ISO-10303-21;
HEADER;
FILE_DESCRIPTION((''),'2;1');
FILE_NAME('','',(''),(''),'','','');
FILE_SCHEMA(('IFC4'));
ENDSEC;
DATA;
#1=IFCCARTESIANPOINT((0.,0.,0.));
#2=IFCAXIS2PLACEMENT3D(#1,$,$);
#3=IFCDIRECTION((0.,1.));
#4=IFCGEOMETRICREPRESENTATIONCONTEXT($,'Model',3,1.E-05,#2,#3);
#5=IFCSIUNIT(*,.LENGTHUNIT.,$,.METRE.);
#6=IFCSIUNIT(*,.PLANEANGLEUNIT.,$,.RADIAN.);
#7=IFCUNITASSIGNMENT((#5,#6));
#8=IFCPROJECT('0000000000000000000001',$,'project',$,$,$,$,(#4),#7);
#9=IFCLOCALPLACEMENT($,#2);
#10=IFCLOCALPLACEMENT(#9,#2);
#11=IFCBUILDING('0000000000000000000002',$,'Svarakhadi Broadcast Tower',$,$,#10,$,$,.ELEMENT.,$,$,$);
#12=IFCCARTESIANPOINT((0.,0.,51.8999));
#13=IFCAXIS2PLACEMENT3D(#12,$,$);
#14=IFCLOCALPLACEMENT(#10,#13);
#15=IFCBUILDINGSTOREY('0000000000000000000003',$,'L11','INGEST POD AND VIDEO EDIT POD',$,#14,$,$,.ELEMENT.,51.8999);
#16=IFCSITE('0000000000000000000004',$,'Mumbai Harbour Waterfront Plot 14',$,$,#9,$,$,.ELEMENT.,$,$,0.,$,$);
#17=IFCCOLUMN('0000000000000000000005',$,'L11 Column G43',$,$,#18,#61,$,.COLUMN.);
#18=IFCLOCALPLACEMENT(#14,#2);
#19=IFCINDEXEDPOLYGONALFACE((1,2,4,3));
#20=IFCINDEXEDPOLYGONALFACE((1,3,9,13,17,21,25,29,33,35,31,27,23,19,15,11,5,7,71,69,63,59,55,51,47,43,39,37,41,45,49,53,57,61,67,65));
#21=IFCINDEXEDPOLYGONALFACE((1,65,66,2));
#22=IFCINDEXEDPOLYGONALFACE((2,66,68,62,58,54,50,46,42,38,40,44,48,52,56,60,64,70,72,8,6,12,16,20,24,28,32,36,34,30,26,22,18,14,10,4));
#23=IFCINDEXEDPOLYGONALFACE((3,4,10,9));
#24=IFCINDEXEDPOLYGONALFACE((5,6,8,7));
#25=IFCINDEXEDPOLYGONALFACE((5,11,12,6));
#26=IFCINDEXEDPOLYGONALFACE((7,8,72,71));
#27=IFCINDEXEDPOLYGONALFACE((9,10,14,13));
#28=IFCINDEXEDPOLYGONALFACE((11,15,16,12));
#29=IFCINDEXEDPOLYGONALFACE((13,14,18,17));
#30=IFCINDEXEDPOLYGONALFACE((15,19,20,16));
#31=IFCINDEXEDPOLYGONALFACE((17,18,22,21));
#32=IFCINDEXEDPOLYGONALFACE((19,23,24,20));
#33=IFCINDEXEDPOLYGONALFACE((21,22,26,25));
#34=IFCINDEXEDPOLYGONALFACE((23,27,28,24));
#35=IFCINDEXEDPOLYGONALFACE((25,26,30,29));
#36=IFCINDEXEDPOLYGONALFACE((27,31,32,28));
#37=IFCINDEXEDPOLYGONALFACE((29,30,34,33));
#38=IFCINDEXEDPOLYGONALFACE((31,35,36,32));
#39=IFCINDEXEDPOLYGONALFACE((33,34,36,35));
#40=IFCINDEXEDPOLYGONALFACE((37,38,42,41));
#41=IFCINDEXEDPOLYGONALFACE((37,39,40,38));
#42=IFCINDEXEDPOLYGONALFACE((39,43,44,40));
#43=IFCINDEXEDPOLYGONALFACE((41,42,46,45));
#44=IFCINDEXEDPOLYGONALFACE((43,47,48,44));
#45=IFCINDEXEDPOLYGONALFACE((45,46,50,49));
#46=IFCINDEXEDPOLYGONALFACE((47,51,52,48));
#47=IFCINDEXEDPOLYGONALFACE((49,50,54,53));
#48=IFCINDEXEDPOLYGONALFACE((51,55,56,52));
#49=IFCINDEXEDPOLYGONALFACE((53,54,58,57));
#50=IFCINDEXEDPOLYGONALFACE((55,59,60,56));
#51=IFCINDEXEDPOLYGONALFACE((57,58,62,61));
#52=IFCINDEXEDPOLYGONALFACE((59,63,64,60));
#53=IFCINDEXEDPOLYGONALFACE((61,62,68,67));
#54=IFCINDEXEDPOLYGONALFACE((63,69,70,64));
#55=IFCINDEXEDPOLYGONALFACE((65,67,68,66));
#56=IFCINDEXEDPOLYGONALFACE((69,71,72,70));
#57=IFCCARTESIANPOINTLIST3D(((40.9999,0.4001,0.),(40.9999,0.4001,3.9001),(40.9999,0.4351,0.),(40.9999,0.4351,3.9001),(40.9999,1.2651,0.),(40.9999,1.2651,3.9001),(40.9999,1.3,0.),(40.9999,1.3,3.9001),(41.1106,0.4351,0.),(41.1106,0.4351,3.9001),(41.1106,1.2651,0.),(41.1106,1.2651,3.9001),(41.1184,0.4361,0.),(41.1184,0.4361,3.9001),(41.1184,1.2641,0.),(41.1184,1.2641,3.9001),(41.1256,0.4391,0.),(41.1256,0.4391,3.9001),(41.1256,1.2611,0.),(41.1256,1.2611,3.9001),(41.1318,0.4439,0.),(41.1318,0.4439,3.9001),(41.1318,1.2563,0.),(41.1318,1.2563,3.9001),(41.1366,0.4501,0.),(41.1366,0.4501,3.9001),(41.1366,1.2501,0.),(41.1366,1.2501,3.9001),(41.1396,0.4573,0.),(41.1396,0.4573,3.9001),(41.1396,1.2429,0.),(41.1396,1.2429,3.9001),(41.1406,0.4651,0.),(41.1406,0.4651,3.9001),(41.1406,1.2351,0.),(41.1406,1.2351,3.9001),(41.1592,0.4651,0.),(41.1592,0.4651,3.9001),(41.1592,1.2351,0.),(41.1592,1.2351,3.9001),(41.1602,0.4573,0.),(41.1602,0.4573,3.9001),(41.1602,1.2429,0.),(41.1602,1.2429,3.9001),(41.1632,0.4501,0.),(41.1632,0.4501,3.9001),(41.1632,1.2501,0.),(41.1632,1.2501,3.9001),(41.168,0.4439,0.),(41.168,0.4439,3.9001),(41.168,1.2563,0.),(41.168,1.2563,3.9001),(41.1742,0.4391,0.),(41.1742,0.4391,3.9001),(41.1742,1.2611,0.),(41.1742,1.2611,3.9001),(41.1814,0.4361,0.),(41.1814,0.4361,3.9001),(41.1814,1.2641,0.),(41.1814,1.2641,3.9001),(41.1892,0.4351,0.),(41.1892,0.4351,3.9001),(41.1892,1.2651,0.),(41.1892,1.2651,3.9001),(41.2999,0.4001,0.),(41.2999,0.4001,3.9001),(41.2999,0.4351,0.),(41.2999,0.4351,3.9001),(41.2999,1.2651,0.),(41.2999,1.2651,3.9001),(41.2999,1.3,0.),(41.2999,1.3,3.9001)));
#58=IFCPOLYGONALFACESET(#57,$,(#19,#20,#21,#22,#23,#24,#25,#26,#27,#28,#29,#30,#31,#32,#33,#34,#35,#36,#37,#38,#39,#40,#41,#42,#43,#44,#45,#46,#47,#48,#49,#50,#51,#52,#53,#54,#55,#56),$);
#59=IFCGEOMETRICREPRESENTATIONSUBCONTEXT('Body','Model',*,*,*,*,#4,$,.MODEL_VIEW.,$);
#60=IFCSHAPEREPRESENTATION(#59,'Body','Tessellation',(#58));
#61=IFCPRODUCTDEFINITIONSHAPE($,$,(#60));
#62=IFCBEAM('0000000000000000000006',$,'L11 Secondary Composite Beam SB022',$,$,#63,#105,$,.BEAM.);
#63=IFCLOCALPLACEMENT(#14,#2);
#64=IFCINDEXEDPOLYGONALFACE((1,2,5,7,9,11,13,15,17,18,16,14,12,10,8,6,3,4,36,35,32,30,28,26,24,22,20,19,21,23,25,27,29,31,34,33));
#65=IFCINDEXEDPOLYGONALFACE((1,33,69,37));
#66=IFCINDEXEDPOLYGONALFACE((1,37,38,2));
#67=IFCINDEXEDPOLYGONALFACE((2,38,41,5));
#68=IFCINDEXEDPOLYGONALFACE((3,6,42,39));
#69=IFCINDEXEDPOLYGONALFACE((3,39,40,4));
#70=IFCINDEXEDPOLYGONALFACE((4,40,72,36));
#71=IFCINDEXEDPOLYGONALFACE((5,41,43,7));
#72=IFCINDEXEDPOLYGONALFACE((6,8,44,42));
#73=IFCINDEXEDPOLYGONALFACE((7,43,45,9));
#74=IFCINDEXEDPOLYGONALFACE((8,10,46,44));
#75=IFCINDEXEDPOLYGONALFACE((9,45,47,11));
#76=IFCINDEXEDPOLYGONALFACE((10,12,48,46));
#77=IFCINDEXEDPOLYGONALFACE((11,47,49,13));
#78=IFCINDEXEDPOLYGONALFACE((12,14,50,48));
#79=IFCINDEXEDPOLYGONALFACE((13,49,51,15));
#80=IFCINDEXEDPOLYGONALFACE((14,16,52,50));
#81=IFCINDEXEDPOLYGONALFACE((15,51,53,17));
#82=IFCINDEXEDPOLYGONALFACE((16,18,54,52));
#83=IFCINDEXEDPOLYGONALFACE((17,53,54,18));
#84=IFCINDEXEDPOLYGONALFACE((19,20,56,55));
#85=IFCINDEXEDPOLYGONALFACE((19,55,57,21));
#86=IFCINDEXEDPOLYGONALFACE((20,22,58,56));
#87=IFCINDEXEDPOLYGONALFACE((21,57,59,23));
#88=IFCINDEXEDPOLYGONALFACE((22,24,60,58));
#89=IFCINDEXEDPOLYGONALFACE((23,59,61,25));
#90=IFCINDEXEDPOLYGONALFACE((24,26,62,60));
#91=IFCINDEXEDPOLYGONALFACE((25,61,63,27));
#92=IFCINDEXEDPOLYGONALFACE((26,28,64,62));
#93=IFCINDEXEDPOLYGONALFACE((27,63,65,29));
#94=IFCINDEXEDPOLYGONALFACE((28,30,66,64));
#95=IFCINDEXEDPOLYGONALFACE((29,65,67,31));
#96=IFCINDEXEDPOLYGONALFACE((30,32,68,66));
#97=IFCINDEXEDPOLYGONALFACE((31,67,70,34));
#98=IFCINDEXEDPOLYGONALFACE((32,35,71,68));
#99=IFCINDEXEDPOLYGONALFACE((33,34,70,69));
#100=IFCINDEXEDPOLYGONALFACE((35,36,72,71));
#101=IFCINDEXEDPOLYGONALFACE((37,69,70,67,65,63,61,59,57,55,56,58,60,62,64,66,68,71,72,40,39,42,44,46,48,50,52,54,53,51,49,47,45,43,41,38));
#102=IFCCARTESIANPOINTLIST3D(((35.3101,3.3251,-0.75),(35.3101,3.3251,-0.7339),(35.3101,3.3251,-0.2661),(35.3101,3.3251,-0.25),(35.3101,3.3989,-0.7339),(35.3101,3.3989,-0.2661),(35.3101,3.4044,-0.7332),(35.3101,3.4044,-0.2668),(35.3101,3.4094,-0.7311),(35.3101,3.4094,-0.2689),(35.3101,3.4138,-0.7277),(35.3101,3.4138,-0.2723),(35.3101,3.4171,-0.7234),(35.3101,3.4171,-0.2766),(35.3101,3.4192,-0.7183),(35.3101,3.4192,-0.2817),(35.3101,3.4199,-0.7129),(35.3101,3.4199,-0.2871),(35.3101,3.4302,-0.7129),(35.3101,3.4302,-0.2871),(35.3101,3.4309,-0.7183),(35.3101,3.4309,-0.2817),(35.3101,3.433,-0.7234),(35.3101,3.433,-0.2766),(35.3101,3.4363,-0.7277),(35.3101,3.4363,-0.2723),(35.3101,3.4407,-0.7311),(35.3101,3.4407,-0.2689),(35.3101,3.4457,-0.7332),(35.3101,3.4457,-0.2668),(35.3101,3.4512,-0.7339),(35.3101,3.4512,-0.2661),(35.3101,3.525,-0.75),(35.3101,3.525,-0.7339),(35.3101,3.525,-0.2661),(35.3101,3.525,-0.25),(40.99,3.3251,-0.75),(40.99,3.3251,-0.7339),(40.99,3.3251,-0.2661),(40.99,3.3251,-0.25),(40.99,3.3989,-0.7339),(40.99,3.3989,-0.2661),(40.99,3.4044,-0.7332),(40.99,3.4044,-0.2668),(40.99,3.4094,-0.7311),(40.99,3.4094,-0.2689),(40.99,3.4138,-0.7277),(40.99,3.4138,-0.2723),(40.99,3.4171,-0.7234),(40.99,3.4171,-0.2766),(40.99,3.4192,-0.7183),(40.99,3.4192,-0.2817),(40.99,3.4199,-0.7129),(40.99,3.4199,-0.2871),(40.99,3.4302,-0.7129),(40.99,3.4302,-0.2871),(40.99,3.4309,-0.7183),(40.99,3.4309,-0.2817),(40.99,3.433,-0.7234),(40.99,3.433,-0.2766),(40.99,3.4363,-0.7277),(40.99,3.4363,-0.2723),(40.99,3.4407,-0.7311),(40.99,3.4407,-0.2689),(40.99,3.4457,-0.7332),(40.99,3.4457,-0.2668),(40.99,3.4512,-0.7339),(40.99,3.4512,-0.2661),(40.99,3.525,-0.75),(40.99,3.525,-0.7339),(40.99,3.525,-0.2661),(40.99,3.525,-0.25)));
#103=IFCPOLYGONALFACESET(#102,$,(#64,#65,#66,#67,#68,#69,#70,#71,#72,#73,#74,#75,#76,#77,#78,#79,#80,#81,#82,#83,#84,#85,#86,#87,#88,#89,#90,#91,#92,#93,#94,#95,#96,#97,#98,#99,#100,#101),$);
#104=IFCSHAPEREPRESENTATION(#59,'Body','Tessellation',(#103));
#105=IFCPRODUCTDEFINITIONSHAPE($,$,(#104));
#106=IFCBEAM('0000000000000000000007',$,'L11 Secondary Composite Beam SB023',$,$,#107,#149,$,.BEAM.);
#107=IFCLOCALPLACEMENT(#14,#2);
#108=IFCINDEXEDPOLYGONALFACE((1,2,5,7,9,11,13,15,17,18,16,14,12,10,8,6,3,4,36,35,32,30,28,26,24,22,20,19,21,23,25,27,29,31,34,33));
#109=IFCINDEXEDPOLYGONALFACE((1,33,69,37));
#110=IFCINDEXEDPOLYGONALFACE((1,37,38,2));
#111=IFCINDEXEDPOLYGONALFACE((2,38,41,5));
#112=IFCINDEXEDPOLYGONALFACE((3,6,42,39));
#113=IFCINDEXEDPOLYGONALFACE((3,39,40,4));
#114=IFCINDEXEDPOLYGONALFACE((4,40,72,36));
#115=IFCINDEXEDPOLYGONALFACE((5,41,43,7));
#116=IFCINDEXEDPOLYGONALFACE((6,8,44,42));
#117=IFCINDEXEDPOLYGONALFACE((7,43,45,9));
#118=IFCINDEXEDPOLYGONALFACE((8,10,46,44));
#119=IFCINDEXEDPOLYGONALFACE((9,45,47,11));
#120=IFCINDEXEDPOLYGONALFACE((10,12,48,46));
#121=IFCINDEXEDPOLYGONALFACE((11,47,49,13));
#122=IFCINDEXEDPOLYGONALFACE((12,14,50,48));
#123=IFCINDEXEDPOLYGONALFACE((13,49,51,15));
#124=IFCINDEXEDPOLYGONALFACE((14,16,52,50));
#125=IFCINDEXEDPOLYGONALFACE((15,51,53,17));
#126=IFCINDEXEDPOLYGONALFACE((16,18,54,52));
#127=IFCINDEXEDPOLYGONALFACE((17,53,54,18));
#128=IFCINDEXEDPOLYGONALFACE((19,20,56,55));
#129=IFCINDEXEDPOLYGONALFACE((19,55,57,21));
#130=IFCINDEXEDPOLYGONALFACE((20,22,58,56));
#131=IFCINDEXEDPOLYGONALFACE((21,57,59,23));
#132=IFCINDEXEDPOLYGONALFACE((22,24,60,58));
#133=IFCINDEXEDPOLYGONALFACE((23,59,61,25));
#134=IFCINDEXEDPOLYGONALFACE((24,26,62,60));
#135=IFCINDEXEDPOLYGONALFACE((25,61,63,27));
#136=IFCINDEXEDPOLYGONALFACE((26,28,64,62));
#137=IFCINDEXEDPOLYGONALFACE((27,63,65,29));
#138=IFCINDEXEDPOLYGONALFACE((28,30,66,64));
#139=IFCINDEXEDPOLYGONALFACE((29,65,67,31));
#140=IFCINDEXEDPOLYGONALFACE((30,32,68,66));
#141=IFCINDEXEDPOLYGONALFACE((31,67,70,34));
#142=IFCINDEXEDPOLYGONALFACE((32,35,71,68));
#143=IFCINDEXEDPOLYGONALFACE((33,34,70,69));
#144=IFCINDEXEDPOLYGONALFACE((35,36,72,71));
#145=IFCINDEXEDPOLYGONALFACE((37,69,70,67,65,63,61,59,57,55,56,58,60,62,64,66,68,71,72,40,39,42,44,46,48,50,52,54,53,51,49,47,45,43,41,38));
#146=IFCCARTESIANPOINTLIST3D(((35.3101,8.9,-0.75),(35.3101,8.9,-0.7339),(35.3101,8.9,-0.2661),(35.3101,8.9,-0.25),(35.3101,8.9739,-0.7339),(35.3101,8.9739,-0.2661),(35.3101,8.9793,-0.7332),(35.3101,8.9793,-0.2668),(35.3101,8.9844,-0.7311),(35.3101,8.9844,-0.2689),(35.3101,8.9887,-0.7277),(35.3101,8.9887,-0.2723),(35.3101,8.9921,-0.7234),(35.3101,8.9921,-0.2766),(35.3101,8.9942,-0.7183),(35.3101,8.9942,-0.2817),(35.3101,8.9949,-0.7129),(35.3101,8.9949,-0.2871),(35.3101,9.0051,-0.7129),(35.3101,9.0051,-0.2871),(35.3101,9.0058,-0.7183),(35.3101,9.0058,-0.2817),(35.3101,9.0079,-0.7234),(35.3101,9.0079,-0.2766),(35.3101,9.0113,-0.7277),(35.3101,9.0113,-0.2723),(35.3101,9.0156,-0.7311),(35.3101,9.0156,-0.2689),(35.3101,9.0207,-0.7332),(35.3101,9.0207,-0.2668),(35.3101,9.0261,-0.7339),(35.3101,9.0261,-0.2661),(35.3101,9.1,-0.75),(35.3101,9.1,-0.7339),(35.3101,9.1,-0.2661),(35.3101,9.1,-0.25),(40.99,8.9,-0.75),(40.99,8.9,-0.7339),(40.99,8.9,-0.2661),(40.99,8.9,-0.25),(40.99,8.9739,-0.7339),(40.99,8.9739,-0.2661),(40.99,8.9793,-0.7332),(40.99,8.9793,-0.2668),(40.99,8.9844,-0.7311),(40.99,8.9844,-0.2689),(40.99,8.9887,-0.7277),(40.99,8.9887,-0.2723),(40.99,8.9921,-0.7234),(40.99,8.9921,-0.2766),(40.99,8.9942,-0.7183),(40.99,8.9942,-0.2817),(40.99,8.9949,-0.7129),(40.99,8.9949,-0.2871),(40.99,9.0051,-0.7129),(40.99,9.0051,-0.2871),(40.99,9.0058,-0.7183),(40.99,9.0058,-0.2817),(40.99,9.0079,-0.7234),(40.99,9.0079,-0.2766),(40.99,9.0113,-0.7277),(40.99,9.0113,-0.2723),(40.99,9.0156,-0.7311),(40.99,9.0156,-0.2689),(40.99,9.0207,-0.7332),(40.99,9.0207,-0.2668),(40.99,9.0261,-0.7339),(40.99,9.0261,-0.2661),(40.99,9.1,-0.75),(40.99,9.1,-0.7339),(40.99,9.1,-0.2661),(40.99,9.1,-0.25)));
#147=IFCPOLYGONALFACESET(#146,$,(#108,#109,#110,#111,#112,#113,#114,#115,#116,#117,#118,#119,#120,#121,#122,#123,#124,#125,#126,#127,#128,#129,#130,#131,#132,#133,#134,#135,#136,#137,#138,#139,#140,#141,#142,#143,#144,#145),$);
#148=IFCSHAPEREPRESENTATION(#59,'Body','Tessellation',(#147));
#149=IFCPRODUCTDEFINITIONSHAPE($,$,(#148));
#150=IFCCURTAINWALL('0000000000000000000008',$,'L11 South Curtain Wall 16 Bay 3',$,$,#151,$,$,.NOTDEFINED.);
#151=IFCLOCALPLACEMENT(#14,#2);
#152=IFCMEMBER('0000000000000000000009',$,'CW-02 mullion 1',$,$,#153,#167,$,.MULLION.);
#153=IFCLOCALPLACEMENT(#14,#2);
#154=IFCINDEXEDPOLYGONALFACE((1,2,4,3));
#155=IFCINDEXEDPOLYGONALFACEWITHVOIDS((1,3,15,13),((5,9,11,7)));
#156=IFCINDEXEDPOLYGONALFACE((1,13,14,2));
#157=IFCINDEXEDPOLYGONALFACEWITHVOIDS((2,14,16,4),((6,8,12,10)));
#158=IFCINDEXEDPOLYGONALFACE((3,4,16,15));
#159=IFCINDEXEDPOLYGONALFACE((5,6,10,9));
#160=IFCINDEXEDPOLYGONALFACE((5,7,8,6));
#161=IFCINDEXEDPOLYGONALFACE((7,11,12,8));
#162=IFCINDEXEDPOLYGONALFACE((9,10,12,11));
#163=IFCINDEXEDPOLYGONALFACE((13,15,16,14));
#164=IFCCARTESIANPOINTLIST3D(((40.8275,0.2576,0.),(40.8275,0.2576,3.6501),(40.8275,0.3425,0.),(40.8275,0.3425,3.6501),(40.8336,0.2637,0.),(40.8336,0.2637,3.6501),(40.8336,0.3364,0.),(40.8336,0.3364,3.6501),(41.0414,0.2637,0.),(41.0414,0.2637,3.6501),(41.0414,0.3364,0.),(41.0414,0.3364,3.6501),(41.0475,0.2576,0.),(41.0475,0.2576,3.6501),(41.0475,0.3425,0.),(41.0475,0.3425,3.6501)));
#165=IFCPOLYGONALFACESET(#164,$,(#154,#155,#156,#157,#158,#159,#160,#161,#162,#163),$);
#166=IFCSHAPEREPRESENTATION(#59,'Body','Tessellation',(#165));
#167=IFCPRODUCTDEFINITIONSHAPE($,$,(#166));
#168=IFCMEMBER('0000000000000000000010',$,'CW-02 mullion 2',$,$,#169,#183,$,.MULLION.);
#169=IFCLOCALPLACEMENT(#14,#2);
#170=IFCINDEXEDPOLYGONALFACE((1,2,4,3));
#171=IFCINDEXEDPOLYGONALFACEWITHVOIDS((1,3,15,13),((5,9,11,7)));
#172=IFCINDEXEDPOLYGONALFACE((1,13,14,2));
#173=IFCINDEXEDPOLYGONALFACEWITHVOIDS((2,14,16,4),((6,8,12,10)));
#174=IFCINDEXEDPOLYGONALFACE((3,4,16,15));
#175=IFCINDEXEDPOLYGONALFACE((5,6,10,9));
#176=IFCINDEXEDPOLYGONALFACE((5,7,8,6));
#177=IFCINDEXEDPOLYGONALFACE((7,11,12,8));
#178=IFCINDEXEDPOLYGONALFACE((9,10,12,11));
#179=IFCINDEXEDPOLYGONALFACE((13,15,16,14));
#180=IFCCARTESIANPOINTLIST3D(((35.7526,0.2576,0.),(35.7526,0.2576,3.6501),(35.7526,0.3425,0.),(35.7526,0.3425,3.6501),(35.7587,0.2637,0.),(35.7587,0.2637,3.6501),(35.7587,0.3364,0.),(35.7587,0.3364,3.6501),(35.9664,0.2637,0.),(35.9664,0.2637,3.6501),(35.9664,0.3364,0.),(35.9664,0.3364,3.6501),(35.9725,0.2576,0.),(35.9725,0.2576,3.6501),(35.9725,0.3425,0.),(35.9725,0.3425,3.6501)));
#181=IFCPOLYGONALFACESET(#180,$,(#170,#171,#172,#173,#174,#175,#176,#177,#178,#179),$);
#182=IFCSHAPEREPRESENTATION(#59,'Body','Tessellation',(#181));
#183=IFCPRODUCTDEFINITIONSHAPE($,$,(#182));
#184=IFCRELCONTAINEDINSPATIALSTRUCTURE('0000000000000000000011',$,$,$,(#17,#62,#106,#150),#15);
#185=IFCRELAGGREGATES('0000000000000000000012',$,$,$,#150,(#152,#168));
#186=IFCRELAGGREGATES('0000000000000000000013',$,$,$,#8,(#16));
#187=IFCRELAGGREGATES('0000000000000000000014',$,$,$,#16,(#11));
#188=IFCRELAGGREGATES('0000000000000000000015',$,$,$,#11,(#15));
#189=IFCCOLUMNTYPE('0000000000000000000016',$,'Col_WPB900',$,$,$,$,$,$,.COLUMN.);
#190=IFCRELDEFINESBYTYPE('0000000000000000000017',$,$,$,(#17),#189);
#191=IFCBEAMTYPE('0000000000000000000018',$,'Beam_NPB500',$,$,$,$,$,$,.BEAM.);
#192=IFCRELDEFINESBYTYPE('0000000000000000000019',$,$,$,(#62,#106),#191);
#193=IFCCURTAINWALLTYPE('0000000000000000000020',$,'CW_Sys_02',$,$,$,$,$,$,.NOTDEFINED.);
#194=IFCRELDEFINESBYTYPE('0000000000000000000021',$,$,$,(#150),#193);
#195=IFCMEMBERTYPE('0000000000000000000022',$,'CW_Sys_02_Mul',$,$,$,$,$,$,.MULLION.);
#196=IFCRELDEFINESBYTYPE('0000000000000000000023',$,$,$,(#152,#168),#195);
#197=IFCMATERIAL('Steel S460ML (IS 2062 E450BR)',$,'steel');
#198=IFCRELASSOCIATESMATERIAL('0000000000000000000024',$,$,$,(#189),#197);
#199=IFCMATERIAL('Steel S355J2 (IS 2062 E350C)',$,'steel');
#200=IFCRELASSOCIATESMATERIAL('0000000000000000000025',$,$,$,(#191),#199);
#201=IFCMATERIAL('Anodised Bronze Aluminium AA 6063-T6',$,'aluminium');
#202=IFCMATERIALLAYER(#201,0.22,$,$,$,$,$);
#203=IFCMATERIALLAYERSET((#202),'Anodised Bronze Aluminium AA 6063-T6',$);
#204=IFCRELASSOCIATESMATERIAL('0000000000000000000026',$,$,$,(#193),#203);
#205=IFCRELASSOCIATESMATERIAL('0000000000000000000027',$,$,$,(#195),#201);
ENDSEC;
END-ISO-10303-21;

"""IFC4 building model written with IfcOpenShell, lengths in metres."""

from ifc_helpers import new_model, si_unit, direction, frame, origin, origin_2d, place, context, subcontext, project, spatial, hollow_rectangle, i_section, extrude, material, layer, layer_set, material_profile, profile_set, type_object, element, aggregate, save


model = new_model("IFC4")

# Units and contexts
model_context = context("Model", 3, precision=1e-05, world=origin(), true_north=direction((0.0, 1.0)))
body_context = subcontext(model_context, "Body", "Model", "MODEL_VIEW")
ifc_project = project(units=[si_unit("LENGTHUNIT", "METRE"), si_unit("PLANEANGLEUNIT", "RADIAN")], contexts=[model_context])

# Site, building, storey
site_placement = place(None, origin())
site = spatial("IfcSite", under=ifc_project, at=site_placement, Name="Mumbai Harbour Waterfront Plot 14", CompositionType="ELEMENT", RefElevation=0.0)
building_placement = place(site_placement, origin())
building = spatial("IfcBuilding", under=site, at=building_placement, Name="Svarakhadi Broadcast Tower", CompositionType="ELEMENT")
storey_placement = place(building_placement, frame((0.0, 0.0, 51.8999)))
storey = spatial("IfcBuildingStorey", under=building, at=storey_placement, Name="L11", Description="INGEST POD AND VIDEO EDIT POD", CompositionType="ELEMENT", Elevation=51.8999)

# Column
ifc_material_1 = material(Name="Steel S460ML (IS 2062 E450BR)", Category="steel")
ifc_material_profile_1 = material_profile(ifc_material_1, i_section(OverallWidth=0.3, OverallDepth=0.8999, WebThickness=0.0186, FlangeThickness=0.0349, FilletRadius=0.03, at=origin_2d()), Name="WPB 900x300x291")
ifc_profile_set_1 = profile_set([ifc_material_profile_1], Name="Steel S460ML (IS 2062 E450BR)")
column_type = type_object("IfcColumnType", Name="Col_WPB900", PredefinedType="COLUMN", material=ifc_profile_set_1)
column_placement = place(storey_placement, frame((41.1499, 0.8501, 0.0), z_axis=(0.0, 0.0, 1.0), x_axis=(1.0, 0.0, 0.0)))
element("IfcColumn", 1, at=column_placement, inside=storey, type_object=column_type, Name="L11 Column G43", PredefinedType="COLUMN", context=body_context, shape_type="SweptSolid", body=[
    extrude(i_section(OverallWidth=0.3, OverallDepth=0.8999, WebThickness=0.0186, FlangeThickness=0.0349, FilletRadius=0.03, at=origin_2d()), origin(), (0.0, 0.0, 1.0), 3.9001),
])

# Beams
ifc_material_2 = material(Name="Steel S355J2 (IS 2062 E350C)", Category="steel")
ifc_material_profile_2 = material_profile(ifc_material_2, i_section(OverallWidth=0.2, OverallDepth=0.5, WebThickness=0.0103, FlangeThickness=0.0161, FilletRadius=0.021, at=origin_2d()), Name="NPB 500x200x91")
ifc_profile_set_2 = profile_set([ifc_material_profile_2], Name="Steel S355J2 (IS 2062 E350C)")
beam_type_1 = type_object("IfcBeamType", Name="Beam_NPB500", PredefinedType="BEAM", material=ifc_profile_set_2)
for number, where, z_axis, x_axis, name in (
    (2, (35.3101, 3.425, -0.5), (1.0, 0.0, 0.0), (0.0, 1.0, 0.0), "L11 Secondary Composite Beam SB022"),
    (3, (35.3101, 9.0, -0.5), (1.0, 0.0, 0.0), (0.0, 1.0, 0.0), "L11 Secondary Composite Beam SB023"),
):
    element("IfcBeam", number, at=place(storey_placement, frame(where, z_axis=z_axis, x_axis=x_axis)), inside=storey, type_object=beam_type_1, Name=name, PredefinedType="BEAM", context=body_context, shape_type="SweptSolid", body=[
        extrude(i_section(OverallWidth=0.2, OverallDepth=0.5, WebThickness=0.0103, FlangeThickness=0.0161, FilletRadius=0.021, at=origin_2d()), origin(), (0.0, 0.0, 1.0), 5.6799),
    ])

# Curtain wall, members
ifc_material_3 = material(Name="Anodised Bronze Aluminium AA 6063-T6", Category="aluminium")
ifc_layer_1 = layer(ifc_material_3, 0.22)
ifc_layer_set_1 = layer_set([ifc_layer_1], Name="Anodised Bronze Aluminium AA 6063-T6")
curtain_wall_type = type_object("IfcCurtainWallType", Name="CW_Sys_02", PredefinedType="NOTDEFINED", material=ifc_layer_set_1)
curtain_wall_placement = place(storey_placement, origin())
curtain_wall = element("IfcCurtainWall", 4, at=curtain_wall_placement, inside=storey, type_object=curtain_wall_type, Name="L11 South Curtain Wall 16 Bay 3", PredefinedType="NOTDEFINED")
ifc_material_profile_3 = material_profile(ifc_material_3, hollow_rectangle(XDim=0.085, YDim=0.22, WallThickness=0.0061, at=origin_2d()), Name="ALU MULLION 220x85x6")
ifc_profile_set_3 = profile_set([ifc_material_profile_3], Name="Anodised Bronze Aluminium AA 6063-T6")
member_type_1 = type_object("IfcMemberType", Name="CW_Sys_02_Mul", PredefinedType="MULLION", material=ifc_profile_set_3)
member_1_placement = place(storey_placement, frame((40.9375, 0.3, 0.0), z_axis=(0.0, 0.0, 1.0), x_axis=(0.0, -1.0, 0.0)))
member_1 = element("IfcMember", 5, at=member_1_placement, type_object=member_type_1, Name="CW-02 mullion 1", PredefinedType="MULLION", context=body_context, shape_type="SweptSolid", body=[
    extrude(hollow_rectangle(XDim=0.085, YDim=0.22, WallThickness=0.0061, at=origin_2d()), origin(), (0.0, 0.0, 1.0), 3.6501),
])
member_2_placement = place(storey_placement, frame((35.8625, 0.3, 0.0), z_axis=(0.0, 0.0, 1.0), x_axis=(0.0, -1.0, 0.0)))
member_2 = element("IfcMember", 6, at=member_2_placement, type_object=member_type_1, Name="CW-02 mullion 2", PredefinedType="MULLION", context=body_context, shape_type="SweptSolid", body=[
    extrude(hollow_rectangle(XDim=0.085, YDim=0.22, WallThickness=0.0061, at=origin_2d()), origin(), (0.0, 0.0, 1.0), 3.6501),
])

aggregate(curtain_wall, [member_1, member_2])

save(model, "model.ifc")
